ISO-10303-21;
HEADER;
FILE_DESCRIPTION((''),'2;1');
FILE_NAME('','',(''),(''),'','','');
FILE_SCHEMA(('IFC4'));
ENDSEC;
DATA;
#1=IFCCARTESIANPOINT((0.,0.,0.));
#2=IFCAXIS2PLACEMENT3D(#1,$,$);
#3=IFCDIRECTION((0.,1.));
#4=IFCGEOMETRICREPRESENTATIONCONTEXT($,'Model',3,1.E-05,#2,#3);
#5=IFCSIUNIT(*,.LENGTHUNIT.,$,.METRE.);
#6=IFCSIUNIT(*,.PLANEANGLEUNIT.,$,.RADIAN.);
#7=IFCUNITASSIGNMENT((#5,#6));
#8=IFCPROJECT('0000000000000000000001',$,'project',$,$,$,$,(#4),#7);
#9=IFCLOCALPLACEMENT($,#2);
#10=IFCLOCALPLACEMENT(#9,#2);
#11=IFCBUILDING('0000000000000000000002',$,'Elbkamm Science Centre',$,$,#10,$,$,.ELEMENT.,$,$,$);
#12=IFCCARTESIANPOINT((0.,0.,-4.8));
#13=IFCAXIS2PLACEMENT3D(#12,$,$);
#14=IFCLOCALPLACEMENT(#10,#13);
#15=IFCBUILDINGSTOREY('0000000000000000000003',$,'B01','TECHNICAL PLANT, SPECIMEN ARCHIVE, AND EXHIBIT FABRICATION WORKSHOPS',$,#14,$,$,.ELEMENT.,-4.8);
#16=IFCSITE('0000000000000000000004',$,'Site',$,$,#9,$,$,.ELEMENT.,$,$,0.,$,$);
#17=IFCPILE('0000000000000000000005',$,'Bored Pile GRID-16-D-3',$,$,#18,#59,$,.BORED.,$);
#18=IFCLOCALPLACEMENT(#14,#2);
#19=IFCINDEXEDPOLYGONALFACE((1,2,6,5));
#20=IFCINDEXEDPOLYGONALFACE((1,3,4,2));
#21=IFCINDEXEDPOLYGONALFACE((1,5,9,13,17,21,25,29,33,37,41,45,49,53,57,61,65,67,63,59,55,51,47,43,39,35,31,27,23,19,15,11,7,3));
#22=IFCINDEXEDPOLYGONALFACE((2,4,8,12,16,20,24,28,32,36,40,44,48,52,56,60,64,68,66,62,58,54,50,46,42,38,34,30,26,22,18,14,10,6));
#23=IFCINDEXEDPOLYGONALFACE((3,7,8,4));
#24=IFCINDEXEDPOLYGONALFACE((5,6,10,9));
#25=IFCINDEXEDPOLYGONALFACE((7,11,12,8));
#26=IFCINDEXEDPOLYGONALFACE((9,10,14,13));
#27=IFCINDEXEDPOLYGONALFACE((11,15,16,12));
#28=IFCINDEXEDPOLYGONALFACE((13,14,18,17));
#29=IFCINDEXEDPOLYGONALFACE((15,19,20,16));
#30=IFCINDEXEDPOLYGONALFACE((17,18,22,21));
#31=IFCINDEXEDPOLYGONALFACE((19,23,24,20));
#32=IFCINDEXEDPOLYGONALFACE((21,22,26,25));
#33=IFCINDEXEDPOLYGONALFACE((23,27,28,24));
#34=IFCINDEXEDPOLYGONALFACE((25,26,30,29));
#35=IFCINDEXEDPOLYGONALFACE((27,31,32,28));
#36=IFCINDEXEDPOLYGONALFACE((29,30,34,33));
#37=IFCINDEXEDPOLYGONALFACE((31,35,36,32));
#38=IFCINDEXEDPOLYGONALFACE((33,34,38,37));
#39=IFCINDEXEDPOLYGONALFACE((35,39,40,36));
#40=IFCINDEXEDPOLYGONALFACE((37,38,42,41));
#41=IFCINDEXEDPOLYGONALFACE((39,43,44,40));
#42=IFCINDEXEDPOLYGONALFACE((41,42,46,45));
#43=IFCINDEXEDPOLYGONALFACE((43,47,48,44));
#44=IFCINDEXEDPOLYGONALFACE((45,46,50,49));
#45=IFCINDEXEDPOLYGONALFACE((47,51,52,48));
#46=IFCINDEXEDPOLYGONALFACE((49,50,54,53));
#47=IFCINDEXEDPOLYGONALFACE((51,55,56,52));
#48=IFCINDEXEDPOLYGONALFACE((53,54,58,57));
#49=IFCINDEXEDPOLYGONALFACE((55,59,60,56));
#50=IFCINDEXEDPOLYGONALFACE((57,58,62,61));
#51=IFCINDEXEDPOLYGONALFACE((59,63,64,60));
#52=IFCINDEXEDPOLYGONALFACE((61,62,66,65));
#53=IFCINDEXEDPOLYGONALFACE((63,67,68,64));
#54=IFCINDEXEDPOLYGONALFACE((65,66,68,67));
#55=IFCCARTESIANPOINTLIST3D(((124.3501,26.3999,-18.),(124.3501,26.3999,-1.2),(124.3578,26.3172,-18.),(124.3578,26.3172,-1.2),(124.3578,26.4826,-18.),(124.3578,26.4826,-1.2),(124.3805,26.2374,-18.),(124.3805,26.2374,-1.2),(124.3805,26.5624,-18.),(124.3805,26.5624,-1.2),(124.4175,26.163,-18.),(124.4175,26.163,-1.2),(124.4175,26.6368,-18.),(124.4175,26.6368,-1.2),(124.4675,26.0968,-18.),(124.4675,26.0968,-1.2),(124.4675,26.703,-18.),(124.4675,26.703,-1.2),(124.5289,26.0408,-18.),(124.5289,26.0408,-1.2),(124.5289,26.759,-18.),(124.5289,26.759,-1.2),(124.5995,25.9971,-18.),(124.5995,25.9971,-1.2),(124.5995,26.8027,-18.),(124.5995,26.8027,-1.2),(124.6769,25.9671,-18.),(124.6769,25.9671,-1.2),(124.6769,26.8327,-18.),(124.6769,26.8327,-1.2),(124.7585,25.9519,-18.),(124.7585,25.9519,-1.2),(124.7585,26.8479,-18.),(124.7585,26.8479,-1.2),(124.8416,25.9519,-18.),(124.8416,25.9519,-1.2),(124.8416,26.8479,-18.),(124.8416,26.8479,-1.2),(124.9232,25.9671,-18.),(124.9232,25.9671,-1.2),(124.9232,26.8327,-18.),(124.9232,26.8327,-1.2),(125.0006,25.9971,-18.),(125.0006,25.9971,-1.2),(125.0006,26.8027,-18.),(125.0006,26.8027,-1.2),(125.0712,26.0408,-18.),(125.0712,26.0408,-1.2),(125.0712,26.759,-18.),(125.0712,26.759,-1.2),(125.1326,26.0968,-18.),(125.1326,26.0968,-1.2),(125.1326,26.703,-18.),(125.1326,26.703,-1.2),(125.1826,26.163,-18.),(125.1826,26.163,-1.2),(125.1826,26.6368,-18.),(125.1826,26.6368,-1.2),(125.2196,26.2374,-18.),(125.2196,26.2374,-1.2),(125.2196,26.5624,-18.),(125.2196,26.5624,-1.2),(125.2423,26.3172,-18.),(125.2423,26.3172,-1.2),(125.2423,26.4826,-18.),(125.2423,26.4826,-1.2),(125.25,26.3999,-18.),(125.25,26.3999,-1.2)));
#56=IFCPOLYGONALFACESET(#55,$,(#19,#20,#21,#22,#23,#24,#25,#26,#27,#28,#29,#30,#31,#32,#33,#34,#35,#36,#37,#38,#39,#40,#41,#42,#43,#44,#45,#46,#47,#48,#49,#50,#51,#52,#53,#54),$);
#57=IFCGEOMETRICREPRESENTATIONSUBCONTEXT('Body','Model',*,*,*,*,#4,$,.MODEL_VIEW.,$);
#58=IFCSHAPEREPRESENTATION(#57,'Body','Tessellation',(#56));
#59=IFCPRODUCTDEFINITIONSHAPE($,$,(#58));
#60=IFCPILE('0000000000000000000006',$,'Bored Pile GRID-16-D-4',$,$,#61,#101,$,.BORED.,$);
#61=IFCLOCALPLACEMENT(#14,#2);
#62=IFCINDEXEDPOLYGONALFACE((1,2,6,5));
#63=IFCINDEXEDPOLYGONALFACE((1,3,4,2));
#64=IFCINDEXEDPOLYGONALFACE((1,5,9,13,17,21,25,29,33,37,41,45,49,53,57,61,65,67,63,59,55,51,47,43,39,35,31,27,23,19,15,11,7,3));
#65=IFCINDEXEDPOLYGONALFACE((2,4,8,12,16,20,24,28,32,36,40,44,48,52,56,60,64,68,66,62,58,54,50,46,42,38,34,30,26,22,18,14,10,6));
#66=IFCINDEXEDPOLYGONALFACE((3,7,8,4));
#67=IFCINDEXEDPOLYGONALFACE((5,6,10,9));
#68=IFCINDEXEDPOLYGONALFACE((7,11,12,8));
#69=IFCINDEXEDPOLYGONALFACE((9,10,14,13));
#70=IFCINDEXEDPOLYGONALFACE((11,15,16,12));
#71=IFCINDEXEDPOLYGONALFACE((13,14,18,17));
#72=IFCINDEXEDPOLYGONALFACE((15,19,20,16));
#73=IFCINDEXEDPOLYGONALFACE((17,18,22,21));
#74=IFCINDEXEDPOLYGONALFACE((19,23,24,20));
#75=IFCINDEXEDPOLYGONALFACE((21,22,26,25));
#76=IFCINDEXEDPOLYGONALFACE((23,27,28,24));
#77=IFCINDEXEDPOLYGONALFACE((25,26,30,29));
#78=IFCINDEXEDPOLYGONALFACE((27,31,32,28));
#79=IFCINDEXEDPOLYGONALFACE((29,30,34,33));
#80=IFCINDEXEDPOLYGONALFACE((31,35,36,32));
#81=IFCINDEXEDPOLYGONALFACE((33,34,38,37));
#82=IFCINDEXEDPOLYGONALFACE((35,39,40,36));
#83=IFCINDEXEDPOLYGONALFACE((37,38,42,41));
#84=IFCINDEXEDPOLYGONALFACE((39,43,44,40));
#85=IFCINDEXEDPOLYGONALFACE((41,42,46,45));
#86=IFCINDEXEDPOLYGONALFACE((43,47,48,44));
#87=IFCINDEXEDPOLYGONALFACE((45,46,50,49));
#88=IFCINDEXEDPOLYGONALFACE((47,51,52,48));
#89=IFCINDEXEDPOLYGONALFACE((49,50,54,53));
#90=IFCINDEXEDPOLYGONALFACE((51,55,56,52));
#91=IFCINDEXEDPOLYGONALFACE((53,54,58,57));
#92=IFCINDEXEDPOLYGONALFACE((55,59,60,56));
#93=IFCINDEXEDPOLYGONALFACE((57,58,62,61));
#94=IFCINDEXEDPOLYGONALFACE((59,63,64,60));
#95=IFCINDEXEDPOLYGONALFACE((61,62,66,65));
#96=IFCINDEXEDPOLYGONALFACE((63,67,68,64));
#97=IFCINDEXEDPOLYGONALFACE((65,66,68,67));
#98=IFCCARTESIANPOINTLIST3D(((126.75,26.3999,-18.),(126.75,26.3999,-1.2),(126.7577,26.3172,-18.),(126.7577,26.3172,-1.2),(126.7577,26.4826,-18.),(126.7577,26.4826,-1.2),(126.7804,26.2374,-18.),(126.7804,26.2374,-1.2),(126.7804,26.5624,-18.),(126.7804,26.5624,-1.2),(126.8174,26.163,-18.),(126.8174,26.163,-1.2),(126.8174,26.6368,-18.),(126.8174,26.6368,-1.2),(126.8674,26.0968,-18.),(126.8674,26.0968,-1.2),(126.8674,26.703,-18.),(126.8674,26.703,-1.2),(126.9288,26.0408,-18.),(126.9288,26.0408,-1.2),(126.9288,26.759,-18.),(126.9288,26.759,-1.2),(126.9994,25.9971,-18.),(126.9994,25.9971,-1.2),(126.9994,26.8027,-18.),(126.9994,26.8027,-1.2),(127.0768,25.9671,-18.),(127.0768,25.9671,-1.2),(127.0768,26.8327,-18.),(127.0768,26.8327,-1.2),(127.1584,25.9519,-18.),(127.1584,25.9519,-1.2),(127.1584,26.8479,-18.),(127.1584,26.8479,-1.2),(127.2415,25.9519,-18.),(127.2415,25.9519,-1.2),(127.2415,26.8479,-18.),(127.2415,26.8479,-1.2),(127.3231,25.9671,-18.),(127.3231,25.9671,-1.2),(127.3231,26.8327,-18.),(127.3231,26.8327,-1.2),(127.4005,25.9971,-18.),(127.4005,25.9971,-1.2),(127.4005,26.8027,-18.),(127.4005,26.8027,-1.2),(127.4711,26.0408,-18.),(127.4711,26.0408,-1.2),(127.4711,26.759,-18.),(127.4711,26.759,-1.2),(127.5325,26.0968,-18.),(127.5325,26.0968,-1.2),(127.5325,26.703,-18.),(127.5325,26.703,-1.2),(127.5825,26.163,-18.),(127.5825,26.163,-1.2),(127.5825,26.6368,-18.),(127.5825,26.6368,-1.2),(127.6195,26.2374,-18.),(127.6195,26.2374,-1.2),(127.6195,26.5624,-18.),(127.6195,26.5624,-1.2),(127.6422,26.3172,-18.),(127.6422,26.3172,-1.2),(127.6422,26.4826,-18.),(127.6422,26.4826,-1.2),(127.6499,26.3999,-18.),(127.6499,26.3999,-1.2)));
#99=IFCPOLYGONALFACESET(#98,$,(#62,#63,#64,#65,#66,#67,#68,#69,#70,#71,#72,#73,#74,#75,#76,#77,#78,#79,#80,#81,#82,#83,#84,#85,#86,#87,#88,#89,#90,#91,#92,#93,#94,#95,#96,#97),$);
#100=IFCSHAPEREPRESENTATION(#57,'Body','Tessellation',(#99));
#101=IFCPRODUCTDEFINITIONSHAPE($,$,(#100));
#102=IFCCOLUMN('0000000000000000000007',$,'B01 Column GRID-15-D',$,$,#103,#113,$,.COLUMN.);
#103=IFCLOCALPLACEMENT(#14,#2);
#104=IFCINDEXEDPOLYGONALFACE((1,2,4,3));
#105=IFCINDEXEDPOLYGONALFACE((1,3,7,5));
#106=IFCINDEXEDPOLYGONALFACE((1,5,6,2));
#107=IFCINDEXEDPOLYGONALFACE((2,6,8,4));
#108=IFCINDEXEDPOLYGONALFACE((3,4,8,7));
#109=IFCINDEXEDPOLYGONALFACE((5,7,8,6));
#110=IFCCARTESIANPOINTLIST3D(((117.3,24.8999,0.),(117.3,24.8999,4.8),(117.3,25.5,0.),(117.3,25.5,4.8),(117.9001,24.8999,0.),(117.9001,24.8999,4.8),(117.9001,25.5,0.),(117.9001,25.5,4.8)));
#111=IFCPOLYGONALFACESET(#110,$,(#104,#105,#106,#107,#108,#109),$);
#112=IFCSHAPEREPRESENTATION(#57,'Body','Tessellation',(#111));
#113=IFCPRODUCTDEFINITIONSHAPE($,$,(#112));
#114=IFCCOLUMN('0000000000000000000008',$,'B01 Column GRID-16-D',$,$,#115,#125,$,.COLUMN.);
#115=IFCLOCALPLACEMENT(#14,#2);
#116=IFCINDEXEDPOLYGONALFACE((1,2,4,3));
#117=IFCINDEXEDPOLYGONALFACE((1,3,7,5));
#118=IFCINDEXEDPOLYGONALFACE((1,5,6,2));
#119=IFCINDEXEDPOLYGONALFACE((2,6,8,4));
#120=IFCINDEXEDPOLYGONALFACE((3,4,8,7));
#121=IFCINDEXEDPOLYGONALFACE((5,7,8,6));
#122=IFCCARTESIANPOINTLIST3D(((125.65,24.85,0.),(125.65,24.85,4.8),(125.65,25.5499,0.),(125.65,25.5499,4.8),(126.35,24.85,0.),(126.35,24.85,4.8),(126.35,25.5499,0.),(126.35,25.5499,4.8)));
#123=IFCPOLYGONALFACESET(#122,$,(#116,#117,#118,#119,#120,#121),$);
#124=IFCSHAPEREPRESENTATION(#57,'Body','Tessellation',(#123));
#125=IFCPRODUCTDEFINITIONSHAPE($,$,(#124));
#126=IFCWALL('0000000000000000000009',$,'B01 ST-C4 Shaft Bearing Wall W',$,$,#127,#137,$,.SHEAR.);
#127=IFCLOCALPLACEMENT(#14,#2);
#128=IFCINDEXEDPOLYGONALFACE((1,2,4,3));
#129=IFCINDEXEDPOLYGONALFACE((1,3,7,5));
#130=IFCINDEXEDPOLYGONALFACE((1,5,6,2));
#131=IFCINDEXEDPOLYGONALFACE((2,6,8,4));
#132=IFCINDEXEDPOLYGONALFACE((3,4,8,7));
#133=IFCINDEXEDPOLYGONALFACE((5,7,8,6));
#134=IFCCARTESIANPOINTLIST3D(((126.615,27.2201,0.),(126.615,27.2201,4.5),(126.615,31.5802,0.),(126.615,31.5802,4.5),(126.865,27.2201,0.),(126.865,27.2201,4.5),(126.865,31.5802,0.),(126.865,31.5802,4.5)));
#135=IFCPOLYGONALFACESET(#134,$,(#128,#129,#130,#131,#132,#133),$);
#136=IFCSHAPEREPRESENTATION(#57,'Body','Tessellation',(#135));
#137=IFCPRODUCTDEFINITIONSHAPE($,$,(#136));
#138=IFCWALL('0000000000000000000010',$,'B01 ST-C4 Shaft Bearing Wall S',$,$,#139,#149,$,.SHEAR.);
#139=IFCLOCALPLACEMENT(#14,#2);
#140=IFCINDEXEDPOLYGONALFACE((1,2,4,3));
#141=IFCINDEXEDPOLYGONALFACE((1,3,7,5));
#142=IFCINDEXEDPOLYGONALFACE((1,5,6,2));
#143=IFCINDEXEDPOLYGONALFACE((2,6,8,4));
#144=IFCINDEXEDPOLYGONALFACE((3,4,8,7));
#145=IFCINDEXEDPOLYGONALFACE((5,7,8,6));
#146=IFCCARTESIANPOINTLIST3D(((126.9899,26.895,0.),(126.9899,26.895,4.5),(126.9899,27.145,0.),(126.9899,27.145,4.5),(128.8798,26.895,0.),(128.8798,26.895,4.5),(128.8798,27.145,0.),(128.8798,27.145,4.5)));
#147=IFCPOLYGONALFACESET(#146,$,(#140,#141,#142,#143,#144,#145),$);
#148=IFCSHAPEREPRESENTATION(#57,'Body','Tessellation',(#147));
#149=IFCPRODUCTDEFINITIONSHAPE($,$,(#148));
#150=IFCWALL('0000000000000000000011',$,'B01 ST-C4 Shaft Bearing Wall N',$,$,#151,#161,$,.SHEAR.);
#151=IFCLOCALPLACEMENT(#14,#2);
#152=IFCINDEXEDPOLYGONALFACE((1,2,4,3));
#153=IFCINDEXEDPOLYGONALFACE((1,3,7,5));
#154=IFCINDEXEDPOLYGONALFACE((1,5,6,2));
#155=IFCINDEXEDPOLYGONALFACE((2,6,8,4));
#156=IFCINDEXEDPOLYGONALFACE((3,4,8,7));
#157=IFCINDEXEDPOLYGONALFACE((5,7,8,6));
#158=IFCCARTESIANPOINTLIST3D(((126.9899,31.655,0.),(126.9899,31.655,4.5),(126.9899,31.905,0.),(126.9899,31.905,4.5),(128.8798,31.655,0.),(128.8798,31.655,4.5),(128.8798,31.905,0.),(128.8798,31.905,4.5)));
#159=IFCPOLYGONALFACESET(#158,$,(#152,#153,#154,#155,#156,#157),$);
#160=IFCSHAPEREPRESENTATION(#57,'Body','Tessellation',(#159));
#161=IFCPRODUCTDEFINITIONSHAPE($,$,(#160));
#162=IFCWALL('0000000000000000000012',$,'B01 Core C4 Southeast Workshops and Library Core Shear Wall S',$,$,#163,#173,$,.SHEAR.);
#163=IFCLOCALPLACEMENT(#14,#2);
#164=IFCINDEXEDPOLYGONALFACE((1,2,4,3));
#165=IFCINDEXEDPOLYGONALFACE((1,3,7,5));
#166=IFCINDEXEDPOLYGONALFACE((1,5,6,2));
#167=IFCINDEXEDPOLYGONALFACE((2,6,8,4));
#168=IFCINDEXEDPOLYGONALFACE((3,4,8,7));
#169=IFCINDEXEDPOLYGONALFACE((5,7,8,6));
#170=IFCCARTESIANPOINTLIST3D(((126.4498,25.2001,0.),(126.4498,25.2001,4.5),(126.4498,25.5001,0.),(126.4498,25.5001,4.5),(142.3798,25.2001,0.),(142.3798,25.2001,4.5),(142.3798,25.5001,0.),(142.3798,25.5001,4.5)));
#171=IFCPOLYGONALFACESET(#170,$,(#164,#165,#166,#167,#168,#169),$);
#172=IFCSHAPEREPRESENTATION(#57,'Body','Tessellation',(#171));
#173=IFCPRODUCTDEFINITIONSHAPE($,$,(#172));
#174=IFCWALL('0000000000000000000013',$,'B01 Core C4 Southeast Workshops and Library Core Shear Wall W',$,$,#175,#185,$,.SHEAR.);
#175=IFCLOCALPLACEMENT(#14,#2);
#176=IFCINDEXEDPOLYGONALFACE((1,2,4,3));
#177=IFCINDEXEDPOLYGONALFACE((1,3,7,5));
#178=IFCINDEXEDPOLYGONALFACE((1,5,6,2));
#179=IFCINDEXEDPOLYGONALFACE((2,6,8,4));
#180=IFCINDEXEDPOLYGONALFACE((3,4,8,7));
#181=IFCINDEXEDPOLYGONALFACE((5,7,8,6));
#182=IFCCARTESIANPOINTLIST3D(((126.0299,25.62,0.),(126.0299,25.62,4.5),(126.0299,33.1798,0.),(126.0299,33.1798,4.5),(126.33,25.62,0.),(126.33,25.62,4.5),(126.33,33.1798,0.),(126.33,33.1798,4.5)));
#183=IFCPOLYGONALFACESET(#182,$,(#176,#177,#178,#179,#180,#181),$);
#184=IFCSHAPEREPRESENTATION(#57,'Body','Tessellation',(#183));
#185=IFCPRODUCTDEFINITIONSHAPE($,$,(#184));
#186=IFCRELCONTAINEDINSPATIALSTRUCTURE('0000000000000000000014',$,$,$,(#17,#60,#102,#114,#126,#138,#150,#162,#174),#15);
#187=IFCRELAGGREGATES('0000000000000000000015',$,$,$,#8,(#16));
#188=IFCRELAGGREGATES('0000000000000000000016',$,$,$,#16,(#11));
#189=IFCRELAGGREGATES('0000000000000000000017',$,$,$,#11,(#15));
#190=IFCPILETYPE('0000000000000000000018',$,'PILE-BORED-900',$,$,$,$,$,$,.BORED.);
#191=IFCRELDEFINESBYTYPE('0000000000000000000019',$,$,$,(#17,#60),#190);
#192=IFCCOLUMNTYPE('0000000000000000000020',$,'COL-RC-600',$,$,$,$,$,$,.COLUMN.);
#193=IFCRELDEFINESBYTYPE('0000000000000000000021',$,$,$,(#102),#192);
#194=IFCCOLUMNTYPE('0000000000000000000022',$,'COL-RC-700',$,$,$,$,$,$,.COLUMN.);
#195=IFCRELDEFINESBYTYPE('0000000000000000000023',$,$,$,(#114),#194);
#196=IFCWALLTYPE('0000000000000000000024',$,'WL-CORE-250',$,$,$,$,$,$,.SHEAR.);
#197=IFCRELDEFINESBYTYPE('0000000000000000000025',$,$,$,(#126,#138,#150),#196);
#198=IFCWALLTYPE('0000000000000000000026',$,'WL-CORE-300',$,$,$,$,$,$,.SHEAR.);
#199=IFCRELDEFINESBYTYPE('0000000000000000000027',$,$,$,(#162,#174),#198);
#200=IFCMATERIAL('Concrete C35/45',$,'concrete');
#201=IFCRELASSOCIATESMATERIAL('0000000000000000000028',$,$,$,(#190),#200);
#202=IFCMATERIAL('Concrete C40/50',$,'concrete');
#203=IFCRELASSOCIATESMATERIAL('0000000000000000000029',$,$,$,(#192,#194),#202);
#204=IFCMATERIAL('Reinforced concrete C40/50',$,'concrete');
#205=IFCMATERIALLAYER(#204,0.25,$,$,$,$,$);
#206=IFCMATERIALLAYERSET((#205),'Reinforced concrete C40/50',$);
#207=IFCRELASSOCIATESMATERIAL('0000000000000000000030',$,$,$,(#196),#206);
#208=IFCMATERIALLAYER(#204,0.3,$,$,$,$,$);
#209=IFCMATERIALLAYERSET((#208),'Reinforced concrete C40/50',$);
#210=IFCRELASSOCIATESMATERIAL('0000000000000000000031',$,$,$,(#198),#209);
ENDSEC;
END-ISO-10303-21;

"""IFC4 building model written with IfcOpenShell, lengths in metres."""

from ifc_helpers import new_model, si_unit, direction, frame, frame_2d, origin, origin_2d, place, context, subcontext, project, spatial, rectangle, circle, extrude, material, layer, layer_set, material_profile, profile_set, type_object, element, save


model = new_model("IFC4")

# Units and contexts
model_context = context("Model", 3, precision=1e-05, world=origin(), true_north=direction((0.0, 1.0)))
body_context = subcontext(model_context, "Body", "Model", "MODEL_VIEW")
ifc_project = project(units=[si_unit("LENGTHUNIT", "METRE"), si_unit("PLANEANGLEUNIT", "RADIAN")], contexts=[model_context])

# Site, building, storey
site_placement = place(None, origin())
site = spatial("IfcSite", under=ifc_project, at=site_placement, Name="Site", CompositionType="ELEMENT", RefElevation=0.0)
building_placement = place(site_placement, origin())
building = spatial("IfcBuilding", under=site, at=building_placement, Name="Elbkamm Science Centre", CompositionType="ELEMENT")
storey_placement = place(building_placement, frame((0.0, 0.0, -4.8)))
storey = spatial("IfcBuildingStorey", under=building, at=storey_placement, Name="B01", Description="TECHNICAL PLANT, SPECIMEN ARCHIVE, AND EXHIBIT FABRICATION WORKSHOPS", CompositionType="ELEMENT", Elevation=-4.8)

# Shared definitions
ifc_material_1 = material(Name="Concrete C35/45", Category="concrete")

# Piles
ifc_material_profile_1 = material_profile(ifc_material_1, circle(Radius=0.45, at=origin_2d()), Name="PILE D900")
ifc_profile_set_1 = profile_set([ifc_material_profile_1], Name="Concrete C35/45")
pile_type_1 = type_object("IfcPileType", Name="PILE-BORED-900", PredefinedType="BORED", material=ifc_profile_set_1)
for number, where, z_axis, x_axis, name in (
    (1, (124.8, 26.3999, -1.2), (0.0, 0.0, -1.0), (1.0, 0.0, 0.0), "Bored Pile GRID-16-D-3"),
    (2, (127.2, 26.3999, -1.2), (0.0, 0.0, -1.0), (1.0, 0.0, 0.0), "Bored Pile GRID-16-D-4"),
):
    element("IfcPile", number, at=place(storey_placement, frame(where, z_axis=z_axis, x_axis=x_axis)), inside=storey, type_object=pile_type_1, Name=name, PredefinedType="BORED", context=body_context, shape_type="SweptSolid", body=[
        extrude(circle(Radius=0.45, at=origin_2d()), origin(), (0.0, 0.0, 1.0), 16.8),
    ])

# Columns
ifc_material_2 = material(Name="Concrete C40/50", Category="concrete")
ifc_material_profile_2 = material_profile(ifc_material_2, rectangle(XDim=0.6001, YDim=0.6001, at=origin_2d()), Name="RC 600x600")
ifc_profile_set_2 = profile_set([ifc_material_profile_2], Name="Concrete C40/50")
column_type_1 = type_object("IfcColumnType", Name="COL-RC-600", PredefinedType="COLUMN", material=ifc_profile_set_2)
column_1_placement = place(storey_placement, frame((117.6001, 25.2, 0.0), z_axis=(0.0, 0.0, 1.0), x_axis=(1.0, 0.0, 0.0)))
element("IfcColumn", 3, at=column_1_placement, inside=storey, type_object=column_type_1, Name="B01 Column GRID-15-D", PredefinedType="COLUMN", context=body_context, shape_type="SweptSolid", body=[
    extrude(rectangle(XDim=0.6001, YDim=0.6001, at=origin_2d()), origin(), (0.0, 0.0, 1.0), 4.8),
])
ifc_material_profile_3 = material_profile(ifc_material_2, rectangle(XDim=0.7, YDim=0.7, at=origin_2d()), Name="RC 700x700")
ifc_profile_set_3 = profile_set([ifc_material_profile_3], Name="Concrete C40/50")
column_type_2 = type_object("IfcColumnType", Name="COL-RC-700", PredefinedType="COLUMN", material=ifc_profile_set_3)
column_2_placement = place(storey_placement, frame((126.0, 25.2, 0.0), z_axis=(0.0, 0.0, 1.0), x_axis=(1.0, 0.0, 0.0)))
element("IfcColumn", 4, at=column_2_placement, inside=storey, type_object=column_type_2, Name="B01 Column GRID-16-D", PredefinedType="COLUMN", context=body_context, shape_type="SweptSolid", body=[
    extrude(rectangle(XDim=0.7, YDim=0.7, at=origin_2d()), origin(), (0.0, 0.0, 1.0), 4.8),
])

# Walls
ifc_material_3 = material(Name="Reinforced concrete C40/50", Category="concrete")
ifc_layer_1 = layer(ifc_material_3, 0.25)
ifc_layer_set_1 = layer_set([ifc_layer_1], Name="Reinforced concrete C40/50")
wall_type_1 = type_object("IfcWallType", Name="WL-CORE-250", PredefinedType="SHEAR", material=ifc_layer_set_1)
wall_1_placement = place(storey_placement, frame((126.74, 27.22, 0.0), z_axis=(0.0, 0.0, 1.0), x_axis=(0.0, 1.0, 0.0)))
element("IfcWall", 5, at=wall_1_placement, inside=storey, type_object=wall_type_1, Name="B01 ST-C4 Shaft Bearing Wall W", PredefinedType="SHEAR", context=body_context, shape_type="SweptSolid", body=[
    extrude(rectangle(XDim=4.3601, YDim=0.25, at=frame_2d((2.1802, 0.0))), origin(), (0.0, 0.0, 1.0), 4.5),
])
for number, where, z_axis, x_axis, name in (
    (6, (126.99, 27.02, 0.0), (0.0, 0.0, 1.0), (1.0, 0.0, 0.0), "B01 ST-C4 Shaft Bearing Wall S"),
    (7, (126.99, 31.78, 0.0), (0.0, 0.0, 1.0), (1.0, 0.0, 0.0), "B01 ST-C4 Shaft Bearing Wall N"),
):
    element("IfcWall", number, at=place(storey_placement, frame(where, z_axis=z_axis, x_axis=x_axis)), inside=storey, type_object=wall_type_1, Name=name, PredefinedType="SHEAR", context=body_context, shape_type="SweptSolid", body=[
        extrude(rectangle(XDim=1.8899, YDim=0.25, at=frame_2d((0.9448, 0.0))), origin(), (0.0, 0.0, 1.0), 4.5),
    ])
ifc_layer_2 = layer(ifc_material_3, 0.3)
ifc_layer_set_2 = layer_set([ifc_layer_2], Name="Reinforced concrete C40/50")
wall_type_2 = type_object("IfcWallType", Name="WL-CORE-300", PredefinedType="SHEAR", material=ifc_layer_set_2)
wall_2_placement = place(storey_placement, frame((126.45, 25.3501, 0.0), z_axis=(0.0, 0.0, 1.0), x_axis=(1.0, 0.0, 0.0)))
element("IfcWall", 8, at=wall_2_placement, inside=storey, type_object=wall_type_2, Name="B01 Core C4 Southeast Workshops and Library Core Shear Wall S", PredefinedType="SHEAR", context=body_context, shape_type="SweptSolid", body=[
    extrude(rectangle(XDim=15.9299, YDim=0.3, at=frame_2d((7.9648, 0.0))), origin(), (0.0, 0.0, 1.0), 4.5),
])
wall_3_placement = place(storey_placement, frame((126.1799, 25.6201, 0.0), z_axis=(0.0, 0.0, 1.0), x_axis=(0.0, 1.0, 0.0)))
element("IfcWall", 9, at=wall_3_placement, inside=storey, type_object=wall_type_2, Name="B01 Core C4 Southeast Workshops and Library Core Shear Wall W", PredefinedType="SHEAR", context=body_context, shape_type="SweptSolid", body=[
    extrude(rectangle(XDim=7.5598, YDim=0.3, at=frame_2d((3.7798, 0.0))), origin(), (0.0, 0.0, 1.0), 4.5),
])

save(model, "model.ifc")
